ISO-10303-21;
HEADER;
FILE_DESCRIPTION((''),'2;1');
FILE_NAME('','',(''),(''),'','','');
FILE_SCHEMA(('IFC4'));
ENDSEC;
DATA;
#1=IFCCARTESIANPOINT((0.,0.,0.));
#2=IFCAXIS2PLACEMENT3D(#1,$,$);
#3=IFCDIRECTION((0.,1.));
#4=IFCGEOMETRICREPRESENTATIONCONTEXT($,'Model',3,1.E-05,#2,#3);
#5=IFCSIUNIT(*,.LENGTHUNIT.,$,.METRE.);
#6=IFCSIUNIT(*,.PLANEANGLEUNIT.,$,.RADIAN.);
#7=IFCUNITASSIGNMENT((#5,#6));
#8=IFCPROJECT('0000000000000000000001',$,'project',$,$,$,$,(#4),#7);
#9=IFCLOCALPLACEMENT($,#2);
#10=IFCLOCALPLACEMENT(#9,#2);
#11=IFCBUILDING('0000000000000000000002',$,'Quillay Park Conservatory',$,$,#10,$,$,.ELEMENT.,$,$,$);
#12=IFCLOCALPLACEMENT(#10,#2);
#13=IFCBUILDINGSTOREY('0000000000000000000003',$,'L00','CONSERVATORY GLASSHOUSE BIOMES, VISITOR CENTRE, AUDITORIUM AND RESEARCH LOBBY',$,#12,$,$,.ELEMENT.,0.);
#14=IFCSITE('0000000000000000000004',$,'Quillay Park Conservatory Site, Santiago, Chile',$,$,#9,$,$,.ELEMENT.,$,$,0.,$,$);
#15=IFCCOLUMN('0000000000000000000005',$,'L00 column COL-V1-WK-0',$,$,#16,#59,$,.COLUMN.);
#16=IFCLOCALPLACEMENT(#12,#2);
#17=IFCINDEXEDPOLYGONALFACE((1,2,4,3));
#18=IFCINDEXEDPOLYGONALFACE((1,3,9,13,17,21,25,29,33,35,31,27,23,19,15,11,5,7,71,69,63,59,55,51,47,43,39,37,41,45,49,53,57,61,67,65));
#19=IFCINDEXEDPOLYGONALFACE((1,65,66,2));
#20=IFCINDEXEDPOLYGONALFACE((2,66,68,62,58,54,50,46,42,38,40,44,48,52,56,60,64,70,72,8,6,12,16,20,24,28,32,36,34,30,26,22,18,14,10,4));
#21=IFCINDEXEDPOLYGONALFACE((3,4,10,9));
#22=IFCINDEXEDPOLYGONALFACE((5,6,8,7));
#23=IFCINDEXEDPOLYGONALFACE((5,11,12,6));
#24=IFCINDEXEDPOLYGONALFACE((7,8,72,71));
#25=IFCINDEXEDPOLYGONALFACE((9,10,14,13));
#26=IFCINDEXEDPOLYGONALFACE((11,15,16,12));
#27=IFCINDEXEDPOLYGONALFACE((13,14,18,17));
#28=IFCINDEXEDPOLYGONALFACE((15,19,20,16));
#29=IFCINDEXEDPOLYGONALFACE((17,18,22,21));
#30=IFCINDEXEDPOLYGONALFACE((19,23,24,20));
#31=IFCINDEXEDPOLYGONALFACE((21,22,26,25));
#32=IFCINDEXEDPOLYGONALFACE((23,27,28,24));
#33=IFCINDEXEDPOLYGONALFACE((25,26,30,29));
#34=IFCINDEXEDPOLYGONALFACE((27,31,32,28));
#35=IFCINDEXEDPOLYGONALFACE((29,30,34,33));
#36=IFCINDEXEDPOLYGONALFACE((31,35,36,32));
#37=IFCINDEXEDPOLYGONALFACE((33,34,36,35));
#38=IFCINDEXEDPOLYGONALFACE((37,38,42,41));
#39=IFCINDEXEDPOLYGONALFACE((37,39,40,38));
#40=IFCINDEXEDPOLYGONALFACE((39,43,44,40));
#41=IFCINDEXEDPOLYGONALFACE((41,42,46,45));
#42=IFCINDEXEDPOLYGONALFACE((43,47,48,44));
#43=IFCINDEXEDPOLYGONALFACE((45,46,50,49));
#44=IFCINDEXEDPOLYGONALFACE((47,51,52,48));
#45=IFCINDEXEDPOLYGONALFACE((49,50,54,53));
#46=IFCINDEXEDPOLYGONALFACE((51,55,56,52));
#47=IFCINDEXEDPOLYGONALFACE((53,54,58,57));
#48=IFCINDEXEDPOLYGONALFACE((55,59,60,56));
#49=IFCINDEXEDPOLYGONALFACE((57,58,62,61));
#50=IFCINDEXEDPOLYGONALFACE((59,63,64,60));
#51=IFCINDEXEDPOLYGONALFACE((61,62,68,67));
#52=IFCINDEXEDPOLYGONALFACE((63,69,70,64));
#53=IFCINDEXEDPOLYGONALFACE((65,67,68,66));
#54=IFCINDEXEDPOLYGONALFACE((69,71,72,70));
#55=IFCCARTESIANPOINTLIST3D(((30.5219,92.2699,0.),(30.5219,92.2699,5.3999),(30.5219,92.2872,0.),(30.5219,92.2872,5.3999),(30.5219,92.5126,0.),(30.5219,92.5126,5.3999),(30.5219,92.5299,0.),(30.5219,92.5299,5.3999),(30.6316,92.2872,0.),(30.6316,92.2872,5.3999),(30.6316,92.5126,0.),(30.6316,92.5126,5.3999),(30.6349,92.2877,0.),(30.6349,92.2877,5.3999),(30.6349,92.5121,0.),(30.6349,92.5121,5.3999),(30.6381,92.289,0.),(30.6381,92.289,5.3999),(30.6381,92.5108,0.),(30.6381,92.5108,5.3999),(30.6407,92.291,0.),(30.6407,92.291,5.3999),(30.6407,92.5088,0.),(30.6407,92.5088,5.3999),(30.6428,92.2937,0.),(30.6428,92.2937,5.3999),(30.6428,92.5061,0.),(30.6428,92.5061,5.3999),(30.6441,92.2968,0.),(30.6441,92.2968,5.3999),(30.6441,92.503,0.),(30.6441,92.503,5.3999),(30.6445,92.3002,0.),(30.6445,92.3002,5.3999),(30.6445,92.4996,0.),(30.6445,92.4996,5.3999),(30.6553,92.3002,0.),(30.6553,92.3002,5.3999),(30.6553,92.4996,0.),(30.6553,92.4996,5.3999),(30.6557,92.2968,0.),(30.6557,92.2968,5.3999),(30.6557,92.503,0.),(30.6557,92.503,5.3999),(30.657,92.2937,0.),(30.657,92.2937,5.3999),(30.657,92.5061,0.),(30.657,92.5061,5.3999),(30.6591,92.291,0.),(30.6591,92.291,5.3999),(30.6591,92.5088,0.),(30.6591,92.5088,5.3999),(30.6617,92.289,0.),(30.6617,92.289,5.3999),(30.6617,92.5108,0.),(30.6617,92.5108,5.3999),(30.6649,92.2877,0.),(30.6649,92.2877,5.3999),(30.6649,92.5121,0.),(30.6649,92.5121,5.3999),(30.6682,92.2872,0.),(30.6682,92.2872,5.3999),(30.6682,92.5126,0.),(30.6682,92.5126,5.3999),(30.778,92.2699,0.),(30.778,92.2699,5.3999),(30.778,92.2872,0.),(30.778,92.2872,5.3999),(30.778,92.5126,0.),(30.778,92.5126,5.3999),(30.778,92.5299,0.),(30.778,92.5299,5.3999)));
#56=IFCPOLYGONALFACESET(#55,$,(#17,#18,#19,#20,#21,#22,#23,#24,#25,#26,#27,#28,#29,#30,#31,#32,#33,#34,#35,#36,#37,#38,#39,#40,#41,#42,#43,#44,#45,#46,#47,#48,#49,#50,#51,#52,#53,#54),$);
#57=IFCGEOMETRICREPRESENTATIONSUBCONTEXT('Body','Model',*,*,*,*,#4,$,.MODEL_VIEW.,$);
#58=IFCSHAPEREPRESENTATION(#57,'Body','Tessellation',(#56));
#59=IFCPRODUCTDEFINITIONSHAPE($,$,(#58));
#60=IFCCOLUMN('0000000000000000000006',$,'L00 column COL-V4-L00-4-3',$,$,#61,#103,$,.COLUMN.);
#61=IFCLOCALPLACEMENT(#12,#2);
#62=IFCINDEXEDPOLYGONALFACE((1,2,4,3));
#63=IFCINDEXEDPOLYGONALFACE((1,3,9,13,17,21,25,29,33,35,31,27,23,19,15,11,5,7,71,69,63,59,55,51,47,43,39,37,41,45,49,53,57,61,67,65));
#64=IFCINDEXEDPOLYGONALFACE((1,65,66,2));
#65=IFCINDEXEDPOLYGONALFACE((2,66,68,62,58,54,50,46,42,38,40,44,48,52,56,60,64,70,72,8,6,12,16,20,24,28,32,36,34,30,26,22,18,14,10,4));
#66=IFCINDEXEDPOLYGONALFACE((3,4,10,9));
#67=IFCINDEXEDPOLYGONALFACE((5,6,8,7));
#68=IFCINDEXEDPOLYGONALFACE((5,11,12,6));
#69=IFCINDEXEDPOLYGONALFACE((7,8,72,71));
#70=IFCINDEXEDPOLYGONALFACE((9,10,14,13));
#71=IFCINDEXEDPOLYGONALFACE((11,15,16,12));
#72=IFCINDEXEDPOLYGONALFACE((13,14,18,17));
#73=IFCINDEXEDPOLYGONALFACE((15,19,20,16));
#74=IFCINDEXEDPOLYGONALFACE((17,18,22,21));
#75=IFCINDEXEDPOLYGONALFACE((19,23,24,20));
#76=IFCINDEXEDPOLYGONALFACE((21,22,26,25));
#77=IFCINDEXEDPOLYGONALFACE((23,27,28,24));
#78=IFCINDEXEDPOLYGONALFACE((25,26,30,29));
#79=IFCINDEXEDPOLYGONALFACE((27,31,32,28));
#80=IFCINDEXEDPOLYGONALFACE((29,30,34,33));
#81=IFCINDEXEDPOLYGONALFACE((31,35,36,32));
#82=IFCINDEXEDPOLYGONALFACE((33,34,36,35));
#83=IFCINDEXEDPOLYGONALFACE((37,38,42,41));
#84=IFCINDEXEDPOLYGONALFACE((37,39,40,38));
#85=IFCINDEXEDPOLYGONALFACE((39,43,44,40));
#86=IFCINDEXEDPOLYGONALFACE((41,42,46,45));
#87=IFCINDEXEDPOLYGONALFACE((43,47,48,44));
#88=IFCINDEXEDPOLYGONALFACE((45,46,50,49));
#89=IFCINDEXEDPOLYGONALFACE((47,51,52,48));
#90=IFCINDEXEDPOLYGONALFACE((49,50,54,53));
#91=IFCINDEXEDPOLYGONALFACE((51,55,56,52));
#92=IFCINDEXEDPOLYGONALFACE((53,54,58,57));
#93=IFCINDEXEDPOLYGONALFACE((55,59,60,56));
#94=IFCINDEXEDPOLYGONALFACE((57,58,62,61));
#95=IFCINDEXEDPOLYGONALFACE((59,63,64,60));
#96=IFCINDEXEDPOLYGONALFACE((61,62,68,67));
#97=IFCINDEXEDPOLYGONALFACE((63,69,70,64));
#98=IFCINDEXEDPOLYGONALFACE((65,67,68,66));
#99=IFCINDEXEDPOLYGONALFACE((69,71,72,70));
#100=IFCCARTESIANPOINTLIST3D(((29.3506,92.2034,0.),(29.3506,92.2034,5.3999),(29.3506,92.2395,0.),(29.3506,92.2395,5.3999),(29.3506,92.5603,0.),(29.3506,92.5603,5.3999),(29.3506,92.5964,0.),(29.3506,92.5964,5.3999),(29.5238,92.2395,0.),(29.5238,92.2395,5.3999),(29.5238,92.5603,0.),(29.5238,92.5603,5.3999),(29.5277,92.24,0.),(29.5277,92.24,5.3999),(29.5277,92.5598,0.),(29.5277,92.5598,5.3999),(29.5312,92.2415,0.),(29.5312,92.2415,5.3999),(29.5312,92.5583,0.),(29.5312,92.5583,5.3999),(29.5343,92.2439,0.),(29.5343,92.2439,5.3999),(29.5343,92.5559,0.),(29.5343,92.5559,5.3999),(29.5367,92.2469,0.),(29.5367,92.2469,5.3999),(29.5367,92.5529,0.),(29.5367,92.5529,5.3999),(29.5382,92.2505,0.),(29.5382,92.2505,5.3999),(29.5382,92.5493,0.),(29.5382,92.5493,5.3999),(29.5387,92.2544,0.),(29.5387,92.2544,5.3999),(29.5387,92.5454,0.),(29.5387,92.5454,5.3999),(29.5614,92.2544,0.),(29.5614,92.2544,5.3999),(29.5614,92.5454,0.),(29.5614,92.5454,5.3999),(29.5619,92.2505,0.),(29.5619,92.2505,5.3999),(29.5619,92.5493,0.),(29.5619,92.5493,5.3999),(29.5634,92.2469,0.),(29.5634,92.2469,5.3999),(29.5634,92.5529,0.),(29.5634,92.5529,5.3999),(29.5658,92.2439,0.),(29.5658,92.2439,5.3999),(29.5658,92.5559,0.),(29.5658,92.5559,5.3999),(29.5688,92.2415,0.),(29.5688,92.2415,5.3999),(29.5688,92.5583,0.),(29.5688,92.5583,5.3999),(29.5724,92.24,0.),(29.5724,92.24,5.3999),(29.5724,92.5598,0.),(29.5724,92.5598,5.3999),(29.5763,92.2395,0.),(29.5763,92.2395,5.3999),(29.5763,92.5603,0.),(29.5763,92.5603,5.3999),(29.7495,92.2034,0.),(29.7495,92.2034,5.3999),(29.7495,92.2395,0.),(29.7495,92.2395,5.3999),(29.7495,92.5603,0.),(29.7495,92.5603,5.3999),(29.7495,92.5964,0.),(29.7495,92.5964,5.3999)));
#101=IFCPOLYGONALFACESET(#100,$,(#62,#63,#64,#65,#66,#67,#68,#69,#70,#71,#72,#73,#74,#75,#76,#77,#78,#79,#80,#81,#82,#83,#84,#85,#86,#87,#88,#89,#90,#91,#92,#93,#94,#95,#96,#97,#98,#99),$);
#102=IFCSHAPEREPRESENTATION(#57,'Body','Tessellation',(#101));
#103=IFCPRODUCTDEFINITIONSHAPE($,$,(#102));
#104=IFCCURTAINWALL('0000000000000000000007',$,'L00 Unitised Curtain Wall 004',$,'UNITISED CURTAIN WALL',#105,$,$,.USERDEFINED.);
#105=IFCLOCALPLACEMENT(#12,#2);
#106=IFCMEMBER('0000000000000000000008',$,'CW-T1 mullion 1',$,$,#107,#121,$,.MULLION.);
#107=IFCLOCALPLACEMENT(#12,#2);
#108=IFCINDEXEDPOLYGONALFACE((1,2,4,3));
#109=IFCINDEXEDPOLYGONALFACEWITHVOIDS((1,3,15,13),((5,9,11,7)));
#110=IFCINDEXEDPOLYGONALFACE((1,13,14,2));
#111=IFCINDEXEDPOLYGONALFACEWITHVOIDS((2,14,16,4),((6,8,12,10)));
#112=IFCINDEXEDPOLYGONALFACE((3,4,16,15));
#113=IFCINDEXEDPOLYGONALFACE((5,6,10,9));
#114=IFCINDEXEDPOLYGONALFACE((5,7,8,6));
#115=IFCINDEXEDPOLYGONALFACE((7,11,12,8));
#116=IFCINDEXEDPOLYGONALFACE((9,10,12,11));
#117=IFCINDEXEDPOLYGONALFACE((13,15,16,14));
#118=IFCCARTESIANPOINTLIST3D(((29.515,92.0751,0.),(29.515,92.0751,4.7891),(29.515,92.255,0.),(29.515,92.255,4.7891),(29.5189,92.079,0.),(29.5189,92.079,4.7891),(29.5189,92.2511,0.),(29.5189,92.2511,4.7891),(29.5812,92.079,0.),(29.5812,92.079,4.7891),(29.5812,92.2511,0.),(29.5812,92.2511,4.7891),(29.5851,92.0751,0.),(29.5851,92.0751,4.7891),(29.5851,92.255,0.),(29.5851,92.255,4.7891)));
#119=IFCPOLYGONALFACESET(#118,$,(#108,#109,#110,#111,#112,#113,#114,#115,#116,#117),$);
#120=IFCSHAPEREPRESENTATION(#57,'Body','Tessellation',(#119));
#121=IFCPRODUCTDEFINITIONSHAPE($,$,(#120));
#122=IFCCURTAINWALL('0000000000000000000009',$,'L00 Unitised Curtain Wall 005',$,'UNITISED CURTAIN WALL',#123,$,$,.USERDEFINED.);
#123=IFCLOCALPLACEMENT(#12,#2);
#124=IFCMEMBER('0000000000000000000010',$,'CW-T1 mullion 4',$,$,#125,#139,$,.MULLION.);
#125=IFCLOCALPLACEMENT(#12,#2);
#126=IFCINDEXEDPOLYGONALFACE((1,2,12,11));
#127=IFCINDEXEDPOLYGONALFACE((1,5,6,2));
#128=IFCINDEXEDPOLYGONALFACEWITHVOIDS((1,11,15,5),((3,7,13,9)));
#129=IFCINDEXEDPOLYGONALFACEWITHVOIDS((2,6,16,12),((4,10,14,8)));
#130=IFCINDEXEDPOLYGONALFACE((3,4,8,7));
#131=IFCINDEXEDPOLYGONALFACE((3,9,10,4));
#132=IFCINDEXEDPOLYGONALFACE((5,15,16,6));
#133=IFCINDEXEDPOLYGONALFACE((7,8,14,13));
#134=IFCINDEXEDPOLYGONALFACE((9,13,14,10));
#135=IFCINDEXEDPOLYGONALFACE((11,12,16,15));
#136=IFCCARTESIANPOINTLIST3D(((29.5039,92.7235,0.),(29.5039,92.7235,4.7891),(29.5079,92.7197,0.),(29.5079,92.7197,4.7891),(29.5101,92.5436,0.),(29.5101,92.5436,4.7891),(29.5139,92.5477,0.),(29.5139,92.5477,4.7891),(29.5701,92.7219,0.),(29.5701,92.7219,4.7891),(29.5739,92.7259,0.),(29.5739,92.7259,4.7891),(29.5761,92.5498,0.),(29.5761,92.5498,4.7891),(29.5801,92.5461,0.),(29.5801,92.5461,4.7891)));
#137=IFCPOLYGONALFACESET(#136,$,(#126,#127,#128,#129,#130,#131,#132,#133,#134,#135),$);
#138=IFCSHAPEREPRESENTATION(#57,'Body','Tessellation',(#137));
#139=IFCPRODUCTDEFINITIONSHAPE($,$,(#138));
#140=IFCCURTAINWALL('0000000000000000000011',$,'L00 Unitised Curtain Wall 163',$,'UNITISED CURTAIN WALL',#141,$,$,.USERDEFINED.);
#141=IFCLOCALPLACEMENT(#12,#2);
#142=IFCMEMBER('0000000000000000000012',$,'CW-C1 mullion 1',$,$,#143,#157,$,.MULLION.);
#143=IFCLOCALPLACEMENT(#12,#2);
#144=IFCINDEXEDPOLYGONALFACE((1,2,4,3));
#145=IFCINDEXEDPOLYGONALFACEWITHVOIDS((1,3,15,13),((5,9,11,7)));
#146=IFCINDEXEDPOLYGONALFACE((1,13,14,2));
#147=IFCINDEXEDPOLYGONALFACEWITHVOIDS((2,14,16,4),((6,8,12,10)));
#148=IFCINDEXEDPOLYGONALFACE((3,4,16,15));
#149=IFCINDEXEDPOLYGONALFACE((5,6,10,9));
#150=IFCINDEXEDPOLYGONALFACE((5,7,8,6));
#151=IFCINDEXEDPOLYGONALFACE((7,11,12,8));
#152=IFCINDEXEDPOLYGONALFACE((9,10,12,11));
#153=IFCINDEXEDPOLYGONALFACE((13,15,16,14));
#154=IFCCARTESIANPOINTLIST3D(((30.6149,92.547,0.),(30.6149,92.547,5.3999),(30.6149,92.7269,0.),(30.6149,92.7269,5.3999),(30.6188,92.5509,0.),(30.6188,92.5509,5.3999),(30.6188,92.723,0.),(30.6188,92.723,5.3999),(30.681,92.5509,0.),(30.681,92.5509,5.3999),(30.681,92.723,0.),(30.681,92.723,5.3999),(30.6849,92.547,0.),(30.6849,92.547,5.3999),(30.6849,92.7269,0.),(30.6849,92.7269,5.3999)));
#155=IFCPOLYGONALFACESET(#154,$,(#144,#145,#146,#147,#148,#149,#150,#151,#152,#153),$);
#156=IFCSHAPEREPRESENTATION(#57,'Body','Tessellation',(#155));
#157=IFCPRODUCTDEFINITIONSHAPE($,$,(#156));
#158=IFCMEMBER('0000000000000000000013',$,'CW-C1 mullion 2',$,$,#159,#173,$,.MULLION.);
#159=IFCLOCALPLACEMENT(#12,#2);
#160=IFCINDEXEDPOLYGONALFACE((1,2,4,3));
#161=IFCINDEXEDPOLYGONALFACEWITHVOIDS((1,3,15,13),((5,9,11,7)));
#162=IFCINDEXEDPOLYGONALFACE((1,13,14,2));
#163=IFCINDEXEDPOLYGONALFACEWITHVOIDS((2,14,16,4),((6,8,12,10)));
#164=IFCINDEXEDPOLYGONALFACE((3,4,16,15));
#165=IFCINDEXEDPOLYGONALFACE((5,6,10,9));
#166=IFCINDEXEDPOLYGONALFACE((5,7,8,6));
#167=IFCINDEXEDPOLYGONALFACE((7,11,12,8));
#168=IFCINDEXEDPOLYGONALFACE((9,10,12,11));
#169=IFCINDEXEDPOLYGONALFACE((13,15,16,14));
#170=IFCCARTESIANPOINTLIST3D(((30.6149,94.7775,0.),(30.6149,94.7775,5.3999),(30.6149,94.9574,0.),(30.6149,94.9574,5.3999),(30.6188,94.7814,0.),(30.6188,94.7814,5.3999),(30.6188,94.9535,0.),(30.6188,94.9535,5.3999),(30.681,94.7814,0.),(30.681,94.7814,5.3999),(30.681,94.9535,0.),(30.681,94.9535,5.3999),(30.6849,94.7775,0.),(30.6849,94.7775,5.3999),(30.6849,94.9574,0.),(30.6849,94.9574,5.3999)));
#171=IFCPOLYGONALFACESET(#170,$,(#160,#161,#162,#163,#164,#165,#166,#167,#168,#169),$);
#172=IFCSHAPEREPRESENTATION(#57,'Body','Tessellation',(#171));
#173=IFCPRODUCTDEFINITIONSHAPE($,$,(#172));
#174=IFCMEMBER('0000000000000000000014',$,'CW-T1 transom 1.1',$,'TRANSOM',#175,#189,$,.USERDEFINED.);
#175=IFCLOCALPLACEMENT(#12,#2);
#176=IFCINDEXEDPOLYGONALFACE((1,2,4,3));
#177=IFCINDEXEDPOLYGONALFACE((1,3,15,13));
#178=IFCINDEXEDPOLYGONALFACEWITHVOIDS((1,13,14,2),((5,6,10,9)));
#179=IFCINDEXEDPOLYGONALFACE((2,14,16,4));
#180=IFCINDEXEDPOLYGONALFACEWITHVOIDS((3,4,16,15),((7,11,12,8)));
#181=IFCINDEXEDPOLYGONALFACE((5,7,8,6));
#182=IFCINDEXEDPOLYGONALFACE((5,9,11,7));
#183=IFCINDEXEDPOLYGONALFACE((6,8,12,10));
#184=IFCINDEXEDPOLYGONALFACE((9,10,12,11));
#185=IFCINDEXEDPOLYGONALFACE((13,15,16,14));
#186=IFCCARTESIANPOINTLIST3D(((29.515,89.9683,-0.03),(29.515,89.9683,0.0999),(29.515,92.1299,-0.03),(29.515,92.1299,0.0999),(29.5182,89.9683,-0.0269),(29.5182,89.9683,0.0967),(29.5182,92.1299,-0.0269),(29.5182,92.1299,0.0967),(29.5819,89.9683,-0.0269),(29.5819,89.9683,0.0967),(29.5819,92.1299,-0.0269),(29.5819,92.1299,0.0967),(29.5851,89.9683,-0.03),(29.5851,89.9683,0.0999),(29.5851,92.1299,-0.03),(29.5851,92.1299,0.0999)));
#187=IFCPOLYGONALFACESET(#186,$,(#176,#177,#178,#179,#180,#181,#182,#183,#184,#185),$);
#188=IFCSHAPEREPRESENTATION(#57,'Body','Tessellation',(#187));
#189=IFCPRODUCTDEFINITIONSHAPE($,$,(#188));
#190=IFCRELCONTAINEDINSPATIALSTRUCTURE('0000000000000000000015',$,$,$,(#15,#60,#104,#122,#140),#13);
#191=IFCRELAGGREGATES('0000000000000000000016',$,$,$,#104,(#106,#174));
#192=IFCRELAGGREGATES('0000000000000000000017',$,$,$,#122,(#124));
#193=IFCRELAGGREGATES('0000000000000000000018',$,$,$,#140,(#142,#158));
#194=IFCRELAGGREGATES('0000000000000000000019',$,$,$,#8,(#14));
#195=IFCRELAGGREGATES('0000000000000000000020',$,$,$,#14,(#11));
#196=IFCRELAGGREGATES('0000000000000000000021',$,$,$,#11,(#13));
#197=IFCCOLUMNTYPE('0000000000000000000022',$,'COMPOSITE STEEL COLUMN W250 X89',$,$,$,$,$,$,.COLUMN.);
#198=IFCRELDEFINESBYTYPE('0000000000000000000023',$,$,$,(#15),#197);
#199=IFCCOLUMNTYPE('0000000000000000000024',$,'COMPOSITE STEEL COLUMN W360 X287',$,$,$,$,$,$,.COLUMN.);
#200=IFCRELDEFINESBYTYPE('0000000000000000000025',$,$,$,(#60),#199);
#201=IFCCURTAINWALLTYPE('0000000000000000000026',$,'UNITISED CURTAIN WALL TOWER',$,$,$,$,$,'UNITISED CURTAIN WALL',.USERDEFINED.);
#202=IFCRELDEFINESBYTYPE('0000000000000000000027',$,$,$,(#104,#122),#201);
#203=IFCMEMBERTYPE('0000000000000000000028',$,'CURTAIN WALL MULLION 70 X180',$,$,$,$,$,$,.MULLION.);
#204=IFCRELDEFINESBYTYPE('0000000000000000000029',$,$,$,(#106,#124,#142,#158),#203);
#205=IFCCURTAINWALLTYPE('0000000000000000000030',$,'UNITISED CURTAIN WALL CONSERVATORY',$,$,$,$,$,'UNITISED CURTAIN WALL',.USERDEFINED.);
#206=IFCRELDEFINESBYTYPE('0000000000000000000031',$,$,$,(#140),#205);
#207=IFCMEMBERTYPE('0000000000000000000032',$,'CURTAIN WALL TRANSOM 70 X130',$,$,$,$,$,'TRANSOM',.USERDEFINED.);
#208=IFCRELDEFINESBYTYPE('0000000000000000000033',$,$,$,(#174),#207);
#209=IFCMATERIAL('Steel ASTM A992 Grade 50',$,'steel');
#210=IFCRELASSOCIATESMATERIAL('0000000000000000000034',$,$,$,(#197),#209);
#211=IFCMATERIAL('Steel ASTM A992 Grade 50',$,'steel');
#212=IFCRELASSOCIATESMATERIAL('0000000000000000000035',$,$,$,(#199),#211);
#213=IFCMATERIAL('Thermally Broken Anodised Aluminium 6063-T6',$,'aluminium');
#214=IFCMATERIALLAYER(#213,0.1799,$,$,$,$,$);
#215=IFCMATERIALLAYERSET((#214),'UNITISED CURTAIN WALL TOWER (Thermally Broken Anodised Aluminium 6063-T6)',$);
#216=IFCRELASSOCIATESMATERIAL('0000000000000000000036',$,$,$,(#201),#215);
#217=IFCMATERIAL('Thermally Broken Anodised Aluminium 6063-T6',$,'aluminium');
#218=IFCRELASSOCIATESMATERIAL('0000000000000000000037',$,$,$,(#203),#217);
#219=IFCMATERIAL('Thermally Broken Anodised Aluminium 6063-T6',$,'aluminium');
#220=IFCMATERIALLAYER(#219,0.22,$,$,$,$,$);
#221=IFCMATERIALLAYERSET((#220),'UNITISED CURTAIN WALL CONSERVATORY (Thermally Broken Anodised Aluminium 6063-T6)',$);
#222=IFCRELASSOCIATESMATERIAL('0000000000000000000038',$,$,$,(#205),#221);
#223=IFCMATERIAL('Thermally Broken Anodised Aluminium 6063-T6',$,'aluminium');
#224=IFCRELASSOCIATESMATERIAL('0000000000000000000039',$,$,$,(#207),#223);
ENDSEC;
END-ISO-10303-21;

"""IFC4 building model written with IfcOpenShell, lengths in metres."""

from ifc_helpers import new_model, si_unit, direction, frame, origin, origin_2d, place, context, subcontext, project, spatial, hollow_rectangle, i_section, extrude, material, layer, layer_set, material_profile, profile_set, type_object, element, aggregate, save


model = new_model("IFC4")

# Units and contexts
model_context = context("Model", 3, precision=1e-05, world=origin(), true_north=direction((0.0, 1.0)))
body_context = subcontext(model_context, "Body", "Model", "MODEL_VIEW")
ifc_project = project(units=[si_unit("LENGTHUNIT", "METRE"), si_unit("PLANEANGLEUNIT", "RADIAN")], contexts=[model_context])

# Site, building, storey
site_placement = place(None, origin())
site = spatial("IfcSite", under=ifc_project, at=site_placement, Name="Quillay Park Conservatory Site, Santiago, Chile", CompositionType="ELEMENT", RefElevation=0.0)
building_placement = place(site_placement, origin())
building = spatial("IfcBuilding", under=site, at=building_placement, Name="Quillay Park Conservatory", CompositionType="ELEMENT")
storey_placement = place(building_placement, origin())
storey = spatial("IfcBuildingStorey", under=building, at=storey_placement, Name="L00", Description="CONSERVATORY GLASSHOUSE BIOMES, VISITOR CENTRE, AUDITORIUM AND RESEARCH LOBBY", CompositionType="ELEMENT", Elevation=0.0)

# Columns
ifc_material_1 = material(Name="Steel ASTM A992 Grade 50", Category="steel")
ifc_material_profile_1 = material_profile(ifc_material_1, i_section(OverallWidth=0.2561, OverallDepth=0.26, WebThickness=0.0107, FlangeThickness=0.0173, FilletRadius=0.0129, at=origin_2d()), Name="W250x89")
ifc_profile_set_1 = profile_set([ifc_material_profile_1], Name="Steel ASTM A992 Grade 50")
column_type_1 = type_object("IfcColumnType", Name="COMPOSITE STEEL COLUMN W250 X89", PredefinedType="COLUMN", material=ifc_profile_set_1)
column_1_placement = place(storey_placement, frame((30.6499, 92.3999, 0.0), z_axis=(0.0, 0.0, 1.0), x_axis=(1.0, 0.0, 0.0)))
element("IfcColumn", 1, at=column_1_placement, inside=storey, type_object=column_type_1, Name="L00 column COL-V1-WK-0", PredefinedType="COLUMN", context=body_context, shape_type="SweptSolid", body=[
    extrude(i_section(OverallWidth=0.2561, OverallDepth=0.26, WebThickness=0.0107, FlangeThickness=0.0173, FilletRadius=0.0129, at=origin_2d()), origin(), (0.0, 0.0, 1.0), 5.3999),
])
ifc_material_2 = material(Name="Steel ASTM A992 Grade 50", Category="steel")
ifc_material_profile_2 = material_profile(ifc_material_2, i_section(OverallWidth=0.3989, OverallDepth=0.3931, WebThickness=0.0227, FlangeThickness=0.0361, FilletRadius=0.0149, at=origin_2d()), Name="W360x287")
ifc_profile_set_2 = profile_set([ifc_material_profile_2], Name="Steel ASTM A992 Grade 50")
column_type_2 = type_object("IfcColumnType", Name="COMPOSITE STEEL COLUMN W360 X287", PredefinedType="COLUMN", material=ifc_profile_set_2)
column_2_placement = place(storey_placement, frame((29.55, 92.3999, 0.0), z_axis=(0.0, 0.0, 1.0), x_axis=(1.0, 0.0, 0.0)))
element("IfcColumn", 2, at=column_2_placement, inside=storey, type_object=column_type_2, Name="L00 column COL-V4-L00-4-3", PredefinedType="COLUMN", context=body_context, shape_type="SweptSolid", body=[
    extrude(i_section(OverallWidth=0.3989, OverallDepth=0.3931, WebThickness=0.0227, FlangeThickness=0.0361, FilletRadius=0.0149, at=origin_2d()), origin(), (0.0, 0.0, 1.0), 5.3999),
])

# Curtain walls, members
ifc_material_3 = material(Name="Thermally Broken Anodised Aluminium 6063-T6", Category="aluminium")
ifc_layer_1 = layer(ifc_material_3, 0.1799)
ifc_layer_set_1 = layer_set([ifc_layer_1], Name="UNITISED CURTAIN WALL TOWER (Thermally Broken Anodised Aluminium 6063-T6)")
curtain_wall_type_1 = type_object("IfcCurtainWallType", Name="UNITISED CURTAIN WALL TOWER", ElementType="UNITISED CURTAIN WALL", PredefinedType="USERDEFINED", material=ifc_layer_set_1)
curtain_wall_1_placement = place(storey_placement, origin())
curtain_wall_1 = element("IfcCurtainWall", 3, at=curtain_wall_1_placement, inside=storey, type_object=curtain_wall_type_1, Name="L00 Unitised Curtain Wall 004", ObjectType="UNITISED CURTAIN WALL", PredefinedType="USERDEFINED")
ifc_material_4 = material(Name="Thermally Broken Anodised Aluminium 6063-T6", Category="aluminium")
ifc_material_profile_3 = material_profile(ifc_material_4, hollow_rectangle(XDim=0.0701, YDim=0.1799, WallThickness=0.0039, at=origin_2d()), Name="AL70x180x4")
ifc_profile_set_3 = profile_set([ifc_material_profile_3], Name="Thermally Broken Anodised Aluminium 6063-T6")
member_type_1 = type_object("IfcMemberType", Name="CURTAIN WALL MULLION 70 X180", PredefinedType="MULLION", material=ifc_profile_set_3)
member_1_placement = place(storey_placement, frame((29.55, 92.165, 0.0), z_axis=(0.0, 0.0, 1.0), x_axis=(1.0, 0.0, 0.0)))
member_1 = element("IfcMember", 4, at=member_1_placement, type_object=member_type_1, Name="CW-T1 mullion 1", PredefinedType="MULLION", context=body_context, shape_type="SweptSolid", body=[
    extrude(hollow_rectangle(XDim=0.0701, YDim=0.1799, WallThickness=0.0039, at=origin_2d()), origin(), (0.0, 0.0, 1.0), 4.7891),
])
curtain_wall_2_placement = place(storey_placement, origin())
curtain_wall_2 = element("IfcCurtainWall", 5, at=curtain_wall_2_placement, inside=storey, type_object=curtain_wall_type_1, Name="L00 Unitised Curtain Wall 005", ObjectType="UNITISED CURTAIN WALL", PredefinedType="USERDEFINED")
member_2_placement = place(storey_placement, frame((29.542, 92.6348, 0.0), z_axis=(0.0, 0.0, 1.0), x_axis=(0.999397, 0.034713, 0.0)))
member_2 = element("IfcMember", 6, at=member_2_placement, type_object=member_type_1, Name="CW-T1 mullion 4", PredefinedType="MULLION", context=body_context, shape_type="SweptSolid", body=[
    extrude(hollow_rectangle(XDim=0.0701, YDim=0.1799, WallThickness=0.0039, at=origin_2d()), origin(), (0.0, 0.0, 1.0), 4.7891),
])

# Curtain wall, members
ifc_material_5 = material(Name="Thermally Broken Anodised Aluminium 6063-T6", Category="aluminium")
ifc_layer_2 = layer(ifc_material_5, 0.22)
ifc_layer_set_2 = layer_set([ifc_layer_2], Name="UNITISED CURTAIN WALL CONSERVATORY (Thermally Broken Anodised Aluminium 6063-T6)")
curtain_wall_type_2 = type_object("IfcCurtainWallType", Name="UNITISED CURTAIN WALL CONSERVATORY", ElementType="UNITISED CURTAIN WALL", PredefinedType="USERDEFINED", material=ifc_layer_set_2)
curtain_wall_3_placement = place(storey_placement, origin())
curtain_wall_3 = element("IfcCurtainWall", 7, at=curtain_wall_3_placement, inside=storey, type_object=curtain_wall_type_2, Name="L00 Unitised Curtain Wall 163", ObjectType="UNITISED CURTAIN WALL", PredefinedType="USERDEFINED")
member_3_placement = place(storey_placement, frame((30.6499, 92.637, 0.0), z_axis=(0.0, 0.0, 1.0), x_axis=(-1.0, 0.0, 0.0)))
member_3 = element("IfcMember", 8, at=member_3_placement, type_object=member_type_1, Name="CW-C1 mullion 1", PredefinedType="MULLION", context=body_context, shape_type="SweptSolid", body=[
    extrude(hollow_rectangle(XDim=0.0701, YDim=0.1799, WallThickness=0.0039, at=origin_2d()), origin(), (0.0, 0.0, 1.0), 5.3999),
])
member_4_placement = place(storey_placement, frame((30.6499, 94.8674, 0.0), z_axis=(0.0, 0.0, 1.0), x_axis=(-1.0, 0.0, 0.0)))
member_4 = element("IfcMember", 9, at=member_4_placement, type_object=member_type_1, Name="CW-C1 mullion 2", PredefinedType="MULLION", context=body_context, shape_type="SweptSolid", body=[
    extrude(hollow_rectangle(XDim=0.0701, YDim=0.1799, WallThickness=0.0039, at=origin_2d()), origin(), (0.0, 0.0, 1.0), 5.3999),
])

# Member
ifc_material_6 = material(Name="Thermally Broken Anodised Aluminium 6063-T6", Category="aluminium")
ifc_material_profile_4 = material_profile(ifc_material_6, hollow_rectangle(XDim=0.0701, YDim=0.1299, WallThickness=0.0032, at=origin_2d()), Name="AL70x130x3.2")
ifc_profile_set_4 = profile_set([ifc_material_profile_4], Name="Thermally Broken Anodised Aluminium 6063-T6")
member_type_2 = type_object("IfcMemberType", Name="CURTAIN WALL TRANSOM 70 X130", ElementType="TRANSOM", PredefinedType="USERDEFINED", material=ifc_profile_set_4)
member_5_placement = place(storey_placement, frame((29.55, 92.1299, 0.0349), z_axis=(0.0, -1.0, 0.0), x_axis=(1.0, 0.0, 0.0)))
member_5 = element("IfcMember", 10, at=member_5_placement, type_object=member_type_2, Name="CW-T1 transom 1.1", ObjectType="TRANSOM", PredefinedType="USERDEFINED", context=body_context, shape_type="SweptSolid", body=[
    extrude(hollow_rectangle(XDim=0.0701, YDim=0.1299, WallThickness=0.0032, at=origin_2d()), origin(), (0.0, 0.0, 1.0), 2.1616),
])

aggregate(curtain_wall_1, [member_1, member_5])
aggregate(curtain_wall_2, [member_2])
aggregate(curtain_wall_3, [member_3, member_4])

save(model, "model.ifc")
